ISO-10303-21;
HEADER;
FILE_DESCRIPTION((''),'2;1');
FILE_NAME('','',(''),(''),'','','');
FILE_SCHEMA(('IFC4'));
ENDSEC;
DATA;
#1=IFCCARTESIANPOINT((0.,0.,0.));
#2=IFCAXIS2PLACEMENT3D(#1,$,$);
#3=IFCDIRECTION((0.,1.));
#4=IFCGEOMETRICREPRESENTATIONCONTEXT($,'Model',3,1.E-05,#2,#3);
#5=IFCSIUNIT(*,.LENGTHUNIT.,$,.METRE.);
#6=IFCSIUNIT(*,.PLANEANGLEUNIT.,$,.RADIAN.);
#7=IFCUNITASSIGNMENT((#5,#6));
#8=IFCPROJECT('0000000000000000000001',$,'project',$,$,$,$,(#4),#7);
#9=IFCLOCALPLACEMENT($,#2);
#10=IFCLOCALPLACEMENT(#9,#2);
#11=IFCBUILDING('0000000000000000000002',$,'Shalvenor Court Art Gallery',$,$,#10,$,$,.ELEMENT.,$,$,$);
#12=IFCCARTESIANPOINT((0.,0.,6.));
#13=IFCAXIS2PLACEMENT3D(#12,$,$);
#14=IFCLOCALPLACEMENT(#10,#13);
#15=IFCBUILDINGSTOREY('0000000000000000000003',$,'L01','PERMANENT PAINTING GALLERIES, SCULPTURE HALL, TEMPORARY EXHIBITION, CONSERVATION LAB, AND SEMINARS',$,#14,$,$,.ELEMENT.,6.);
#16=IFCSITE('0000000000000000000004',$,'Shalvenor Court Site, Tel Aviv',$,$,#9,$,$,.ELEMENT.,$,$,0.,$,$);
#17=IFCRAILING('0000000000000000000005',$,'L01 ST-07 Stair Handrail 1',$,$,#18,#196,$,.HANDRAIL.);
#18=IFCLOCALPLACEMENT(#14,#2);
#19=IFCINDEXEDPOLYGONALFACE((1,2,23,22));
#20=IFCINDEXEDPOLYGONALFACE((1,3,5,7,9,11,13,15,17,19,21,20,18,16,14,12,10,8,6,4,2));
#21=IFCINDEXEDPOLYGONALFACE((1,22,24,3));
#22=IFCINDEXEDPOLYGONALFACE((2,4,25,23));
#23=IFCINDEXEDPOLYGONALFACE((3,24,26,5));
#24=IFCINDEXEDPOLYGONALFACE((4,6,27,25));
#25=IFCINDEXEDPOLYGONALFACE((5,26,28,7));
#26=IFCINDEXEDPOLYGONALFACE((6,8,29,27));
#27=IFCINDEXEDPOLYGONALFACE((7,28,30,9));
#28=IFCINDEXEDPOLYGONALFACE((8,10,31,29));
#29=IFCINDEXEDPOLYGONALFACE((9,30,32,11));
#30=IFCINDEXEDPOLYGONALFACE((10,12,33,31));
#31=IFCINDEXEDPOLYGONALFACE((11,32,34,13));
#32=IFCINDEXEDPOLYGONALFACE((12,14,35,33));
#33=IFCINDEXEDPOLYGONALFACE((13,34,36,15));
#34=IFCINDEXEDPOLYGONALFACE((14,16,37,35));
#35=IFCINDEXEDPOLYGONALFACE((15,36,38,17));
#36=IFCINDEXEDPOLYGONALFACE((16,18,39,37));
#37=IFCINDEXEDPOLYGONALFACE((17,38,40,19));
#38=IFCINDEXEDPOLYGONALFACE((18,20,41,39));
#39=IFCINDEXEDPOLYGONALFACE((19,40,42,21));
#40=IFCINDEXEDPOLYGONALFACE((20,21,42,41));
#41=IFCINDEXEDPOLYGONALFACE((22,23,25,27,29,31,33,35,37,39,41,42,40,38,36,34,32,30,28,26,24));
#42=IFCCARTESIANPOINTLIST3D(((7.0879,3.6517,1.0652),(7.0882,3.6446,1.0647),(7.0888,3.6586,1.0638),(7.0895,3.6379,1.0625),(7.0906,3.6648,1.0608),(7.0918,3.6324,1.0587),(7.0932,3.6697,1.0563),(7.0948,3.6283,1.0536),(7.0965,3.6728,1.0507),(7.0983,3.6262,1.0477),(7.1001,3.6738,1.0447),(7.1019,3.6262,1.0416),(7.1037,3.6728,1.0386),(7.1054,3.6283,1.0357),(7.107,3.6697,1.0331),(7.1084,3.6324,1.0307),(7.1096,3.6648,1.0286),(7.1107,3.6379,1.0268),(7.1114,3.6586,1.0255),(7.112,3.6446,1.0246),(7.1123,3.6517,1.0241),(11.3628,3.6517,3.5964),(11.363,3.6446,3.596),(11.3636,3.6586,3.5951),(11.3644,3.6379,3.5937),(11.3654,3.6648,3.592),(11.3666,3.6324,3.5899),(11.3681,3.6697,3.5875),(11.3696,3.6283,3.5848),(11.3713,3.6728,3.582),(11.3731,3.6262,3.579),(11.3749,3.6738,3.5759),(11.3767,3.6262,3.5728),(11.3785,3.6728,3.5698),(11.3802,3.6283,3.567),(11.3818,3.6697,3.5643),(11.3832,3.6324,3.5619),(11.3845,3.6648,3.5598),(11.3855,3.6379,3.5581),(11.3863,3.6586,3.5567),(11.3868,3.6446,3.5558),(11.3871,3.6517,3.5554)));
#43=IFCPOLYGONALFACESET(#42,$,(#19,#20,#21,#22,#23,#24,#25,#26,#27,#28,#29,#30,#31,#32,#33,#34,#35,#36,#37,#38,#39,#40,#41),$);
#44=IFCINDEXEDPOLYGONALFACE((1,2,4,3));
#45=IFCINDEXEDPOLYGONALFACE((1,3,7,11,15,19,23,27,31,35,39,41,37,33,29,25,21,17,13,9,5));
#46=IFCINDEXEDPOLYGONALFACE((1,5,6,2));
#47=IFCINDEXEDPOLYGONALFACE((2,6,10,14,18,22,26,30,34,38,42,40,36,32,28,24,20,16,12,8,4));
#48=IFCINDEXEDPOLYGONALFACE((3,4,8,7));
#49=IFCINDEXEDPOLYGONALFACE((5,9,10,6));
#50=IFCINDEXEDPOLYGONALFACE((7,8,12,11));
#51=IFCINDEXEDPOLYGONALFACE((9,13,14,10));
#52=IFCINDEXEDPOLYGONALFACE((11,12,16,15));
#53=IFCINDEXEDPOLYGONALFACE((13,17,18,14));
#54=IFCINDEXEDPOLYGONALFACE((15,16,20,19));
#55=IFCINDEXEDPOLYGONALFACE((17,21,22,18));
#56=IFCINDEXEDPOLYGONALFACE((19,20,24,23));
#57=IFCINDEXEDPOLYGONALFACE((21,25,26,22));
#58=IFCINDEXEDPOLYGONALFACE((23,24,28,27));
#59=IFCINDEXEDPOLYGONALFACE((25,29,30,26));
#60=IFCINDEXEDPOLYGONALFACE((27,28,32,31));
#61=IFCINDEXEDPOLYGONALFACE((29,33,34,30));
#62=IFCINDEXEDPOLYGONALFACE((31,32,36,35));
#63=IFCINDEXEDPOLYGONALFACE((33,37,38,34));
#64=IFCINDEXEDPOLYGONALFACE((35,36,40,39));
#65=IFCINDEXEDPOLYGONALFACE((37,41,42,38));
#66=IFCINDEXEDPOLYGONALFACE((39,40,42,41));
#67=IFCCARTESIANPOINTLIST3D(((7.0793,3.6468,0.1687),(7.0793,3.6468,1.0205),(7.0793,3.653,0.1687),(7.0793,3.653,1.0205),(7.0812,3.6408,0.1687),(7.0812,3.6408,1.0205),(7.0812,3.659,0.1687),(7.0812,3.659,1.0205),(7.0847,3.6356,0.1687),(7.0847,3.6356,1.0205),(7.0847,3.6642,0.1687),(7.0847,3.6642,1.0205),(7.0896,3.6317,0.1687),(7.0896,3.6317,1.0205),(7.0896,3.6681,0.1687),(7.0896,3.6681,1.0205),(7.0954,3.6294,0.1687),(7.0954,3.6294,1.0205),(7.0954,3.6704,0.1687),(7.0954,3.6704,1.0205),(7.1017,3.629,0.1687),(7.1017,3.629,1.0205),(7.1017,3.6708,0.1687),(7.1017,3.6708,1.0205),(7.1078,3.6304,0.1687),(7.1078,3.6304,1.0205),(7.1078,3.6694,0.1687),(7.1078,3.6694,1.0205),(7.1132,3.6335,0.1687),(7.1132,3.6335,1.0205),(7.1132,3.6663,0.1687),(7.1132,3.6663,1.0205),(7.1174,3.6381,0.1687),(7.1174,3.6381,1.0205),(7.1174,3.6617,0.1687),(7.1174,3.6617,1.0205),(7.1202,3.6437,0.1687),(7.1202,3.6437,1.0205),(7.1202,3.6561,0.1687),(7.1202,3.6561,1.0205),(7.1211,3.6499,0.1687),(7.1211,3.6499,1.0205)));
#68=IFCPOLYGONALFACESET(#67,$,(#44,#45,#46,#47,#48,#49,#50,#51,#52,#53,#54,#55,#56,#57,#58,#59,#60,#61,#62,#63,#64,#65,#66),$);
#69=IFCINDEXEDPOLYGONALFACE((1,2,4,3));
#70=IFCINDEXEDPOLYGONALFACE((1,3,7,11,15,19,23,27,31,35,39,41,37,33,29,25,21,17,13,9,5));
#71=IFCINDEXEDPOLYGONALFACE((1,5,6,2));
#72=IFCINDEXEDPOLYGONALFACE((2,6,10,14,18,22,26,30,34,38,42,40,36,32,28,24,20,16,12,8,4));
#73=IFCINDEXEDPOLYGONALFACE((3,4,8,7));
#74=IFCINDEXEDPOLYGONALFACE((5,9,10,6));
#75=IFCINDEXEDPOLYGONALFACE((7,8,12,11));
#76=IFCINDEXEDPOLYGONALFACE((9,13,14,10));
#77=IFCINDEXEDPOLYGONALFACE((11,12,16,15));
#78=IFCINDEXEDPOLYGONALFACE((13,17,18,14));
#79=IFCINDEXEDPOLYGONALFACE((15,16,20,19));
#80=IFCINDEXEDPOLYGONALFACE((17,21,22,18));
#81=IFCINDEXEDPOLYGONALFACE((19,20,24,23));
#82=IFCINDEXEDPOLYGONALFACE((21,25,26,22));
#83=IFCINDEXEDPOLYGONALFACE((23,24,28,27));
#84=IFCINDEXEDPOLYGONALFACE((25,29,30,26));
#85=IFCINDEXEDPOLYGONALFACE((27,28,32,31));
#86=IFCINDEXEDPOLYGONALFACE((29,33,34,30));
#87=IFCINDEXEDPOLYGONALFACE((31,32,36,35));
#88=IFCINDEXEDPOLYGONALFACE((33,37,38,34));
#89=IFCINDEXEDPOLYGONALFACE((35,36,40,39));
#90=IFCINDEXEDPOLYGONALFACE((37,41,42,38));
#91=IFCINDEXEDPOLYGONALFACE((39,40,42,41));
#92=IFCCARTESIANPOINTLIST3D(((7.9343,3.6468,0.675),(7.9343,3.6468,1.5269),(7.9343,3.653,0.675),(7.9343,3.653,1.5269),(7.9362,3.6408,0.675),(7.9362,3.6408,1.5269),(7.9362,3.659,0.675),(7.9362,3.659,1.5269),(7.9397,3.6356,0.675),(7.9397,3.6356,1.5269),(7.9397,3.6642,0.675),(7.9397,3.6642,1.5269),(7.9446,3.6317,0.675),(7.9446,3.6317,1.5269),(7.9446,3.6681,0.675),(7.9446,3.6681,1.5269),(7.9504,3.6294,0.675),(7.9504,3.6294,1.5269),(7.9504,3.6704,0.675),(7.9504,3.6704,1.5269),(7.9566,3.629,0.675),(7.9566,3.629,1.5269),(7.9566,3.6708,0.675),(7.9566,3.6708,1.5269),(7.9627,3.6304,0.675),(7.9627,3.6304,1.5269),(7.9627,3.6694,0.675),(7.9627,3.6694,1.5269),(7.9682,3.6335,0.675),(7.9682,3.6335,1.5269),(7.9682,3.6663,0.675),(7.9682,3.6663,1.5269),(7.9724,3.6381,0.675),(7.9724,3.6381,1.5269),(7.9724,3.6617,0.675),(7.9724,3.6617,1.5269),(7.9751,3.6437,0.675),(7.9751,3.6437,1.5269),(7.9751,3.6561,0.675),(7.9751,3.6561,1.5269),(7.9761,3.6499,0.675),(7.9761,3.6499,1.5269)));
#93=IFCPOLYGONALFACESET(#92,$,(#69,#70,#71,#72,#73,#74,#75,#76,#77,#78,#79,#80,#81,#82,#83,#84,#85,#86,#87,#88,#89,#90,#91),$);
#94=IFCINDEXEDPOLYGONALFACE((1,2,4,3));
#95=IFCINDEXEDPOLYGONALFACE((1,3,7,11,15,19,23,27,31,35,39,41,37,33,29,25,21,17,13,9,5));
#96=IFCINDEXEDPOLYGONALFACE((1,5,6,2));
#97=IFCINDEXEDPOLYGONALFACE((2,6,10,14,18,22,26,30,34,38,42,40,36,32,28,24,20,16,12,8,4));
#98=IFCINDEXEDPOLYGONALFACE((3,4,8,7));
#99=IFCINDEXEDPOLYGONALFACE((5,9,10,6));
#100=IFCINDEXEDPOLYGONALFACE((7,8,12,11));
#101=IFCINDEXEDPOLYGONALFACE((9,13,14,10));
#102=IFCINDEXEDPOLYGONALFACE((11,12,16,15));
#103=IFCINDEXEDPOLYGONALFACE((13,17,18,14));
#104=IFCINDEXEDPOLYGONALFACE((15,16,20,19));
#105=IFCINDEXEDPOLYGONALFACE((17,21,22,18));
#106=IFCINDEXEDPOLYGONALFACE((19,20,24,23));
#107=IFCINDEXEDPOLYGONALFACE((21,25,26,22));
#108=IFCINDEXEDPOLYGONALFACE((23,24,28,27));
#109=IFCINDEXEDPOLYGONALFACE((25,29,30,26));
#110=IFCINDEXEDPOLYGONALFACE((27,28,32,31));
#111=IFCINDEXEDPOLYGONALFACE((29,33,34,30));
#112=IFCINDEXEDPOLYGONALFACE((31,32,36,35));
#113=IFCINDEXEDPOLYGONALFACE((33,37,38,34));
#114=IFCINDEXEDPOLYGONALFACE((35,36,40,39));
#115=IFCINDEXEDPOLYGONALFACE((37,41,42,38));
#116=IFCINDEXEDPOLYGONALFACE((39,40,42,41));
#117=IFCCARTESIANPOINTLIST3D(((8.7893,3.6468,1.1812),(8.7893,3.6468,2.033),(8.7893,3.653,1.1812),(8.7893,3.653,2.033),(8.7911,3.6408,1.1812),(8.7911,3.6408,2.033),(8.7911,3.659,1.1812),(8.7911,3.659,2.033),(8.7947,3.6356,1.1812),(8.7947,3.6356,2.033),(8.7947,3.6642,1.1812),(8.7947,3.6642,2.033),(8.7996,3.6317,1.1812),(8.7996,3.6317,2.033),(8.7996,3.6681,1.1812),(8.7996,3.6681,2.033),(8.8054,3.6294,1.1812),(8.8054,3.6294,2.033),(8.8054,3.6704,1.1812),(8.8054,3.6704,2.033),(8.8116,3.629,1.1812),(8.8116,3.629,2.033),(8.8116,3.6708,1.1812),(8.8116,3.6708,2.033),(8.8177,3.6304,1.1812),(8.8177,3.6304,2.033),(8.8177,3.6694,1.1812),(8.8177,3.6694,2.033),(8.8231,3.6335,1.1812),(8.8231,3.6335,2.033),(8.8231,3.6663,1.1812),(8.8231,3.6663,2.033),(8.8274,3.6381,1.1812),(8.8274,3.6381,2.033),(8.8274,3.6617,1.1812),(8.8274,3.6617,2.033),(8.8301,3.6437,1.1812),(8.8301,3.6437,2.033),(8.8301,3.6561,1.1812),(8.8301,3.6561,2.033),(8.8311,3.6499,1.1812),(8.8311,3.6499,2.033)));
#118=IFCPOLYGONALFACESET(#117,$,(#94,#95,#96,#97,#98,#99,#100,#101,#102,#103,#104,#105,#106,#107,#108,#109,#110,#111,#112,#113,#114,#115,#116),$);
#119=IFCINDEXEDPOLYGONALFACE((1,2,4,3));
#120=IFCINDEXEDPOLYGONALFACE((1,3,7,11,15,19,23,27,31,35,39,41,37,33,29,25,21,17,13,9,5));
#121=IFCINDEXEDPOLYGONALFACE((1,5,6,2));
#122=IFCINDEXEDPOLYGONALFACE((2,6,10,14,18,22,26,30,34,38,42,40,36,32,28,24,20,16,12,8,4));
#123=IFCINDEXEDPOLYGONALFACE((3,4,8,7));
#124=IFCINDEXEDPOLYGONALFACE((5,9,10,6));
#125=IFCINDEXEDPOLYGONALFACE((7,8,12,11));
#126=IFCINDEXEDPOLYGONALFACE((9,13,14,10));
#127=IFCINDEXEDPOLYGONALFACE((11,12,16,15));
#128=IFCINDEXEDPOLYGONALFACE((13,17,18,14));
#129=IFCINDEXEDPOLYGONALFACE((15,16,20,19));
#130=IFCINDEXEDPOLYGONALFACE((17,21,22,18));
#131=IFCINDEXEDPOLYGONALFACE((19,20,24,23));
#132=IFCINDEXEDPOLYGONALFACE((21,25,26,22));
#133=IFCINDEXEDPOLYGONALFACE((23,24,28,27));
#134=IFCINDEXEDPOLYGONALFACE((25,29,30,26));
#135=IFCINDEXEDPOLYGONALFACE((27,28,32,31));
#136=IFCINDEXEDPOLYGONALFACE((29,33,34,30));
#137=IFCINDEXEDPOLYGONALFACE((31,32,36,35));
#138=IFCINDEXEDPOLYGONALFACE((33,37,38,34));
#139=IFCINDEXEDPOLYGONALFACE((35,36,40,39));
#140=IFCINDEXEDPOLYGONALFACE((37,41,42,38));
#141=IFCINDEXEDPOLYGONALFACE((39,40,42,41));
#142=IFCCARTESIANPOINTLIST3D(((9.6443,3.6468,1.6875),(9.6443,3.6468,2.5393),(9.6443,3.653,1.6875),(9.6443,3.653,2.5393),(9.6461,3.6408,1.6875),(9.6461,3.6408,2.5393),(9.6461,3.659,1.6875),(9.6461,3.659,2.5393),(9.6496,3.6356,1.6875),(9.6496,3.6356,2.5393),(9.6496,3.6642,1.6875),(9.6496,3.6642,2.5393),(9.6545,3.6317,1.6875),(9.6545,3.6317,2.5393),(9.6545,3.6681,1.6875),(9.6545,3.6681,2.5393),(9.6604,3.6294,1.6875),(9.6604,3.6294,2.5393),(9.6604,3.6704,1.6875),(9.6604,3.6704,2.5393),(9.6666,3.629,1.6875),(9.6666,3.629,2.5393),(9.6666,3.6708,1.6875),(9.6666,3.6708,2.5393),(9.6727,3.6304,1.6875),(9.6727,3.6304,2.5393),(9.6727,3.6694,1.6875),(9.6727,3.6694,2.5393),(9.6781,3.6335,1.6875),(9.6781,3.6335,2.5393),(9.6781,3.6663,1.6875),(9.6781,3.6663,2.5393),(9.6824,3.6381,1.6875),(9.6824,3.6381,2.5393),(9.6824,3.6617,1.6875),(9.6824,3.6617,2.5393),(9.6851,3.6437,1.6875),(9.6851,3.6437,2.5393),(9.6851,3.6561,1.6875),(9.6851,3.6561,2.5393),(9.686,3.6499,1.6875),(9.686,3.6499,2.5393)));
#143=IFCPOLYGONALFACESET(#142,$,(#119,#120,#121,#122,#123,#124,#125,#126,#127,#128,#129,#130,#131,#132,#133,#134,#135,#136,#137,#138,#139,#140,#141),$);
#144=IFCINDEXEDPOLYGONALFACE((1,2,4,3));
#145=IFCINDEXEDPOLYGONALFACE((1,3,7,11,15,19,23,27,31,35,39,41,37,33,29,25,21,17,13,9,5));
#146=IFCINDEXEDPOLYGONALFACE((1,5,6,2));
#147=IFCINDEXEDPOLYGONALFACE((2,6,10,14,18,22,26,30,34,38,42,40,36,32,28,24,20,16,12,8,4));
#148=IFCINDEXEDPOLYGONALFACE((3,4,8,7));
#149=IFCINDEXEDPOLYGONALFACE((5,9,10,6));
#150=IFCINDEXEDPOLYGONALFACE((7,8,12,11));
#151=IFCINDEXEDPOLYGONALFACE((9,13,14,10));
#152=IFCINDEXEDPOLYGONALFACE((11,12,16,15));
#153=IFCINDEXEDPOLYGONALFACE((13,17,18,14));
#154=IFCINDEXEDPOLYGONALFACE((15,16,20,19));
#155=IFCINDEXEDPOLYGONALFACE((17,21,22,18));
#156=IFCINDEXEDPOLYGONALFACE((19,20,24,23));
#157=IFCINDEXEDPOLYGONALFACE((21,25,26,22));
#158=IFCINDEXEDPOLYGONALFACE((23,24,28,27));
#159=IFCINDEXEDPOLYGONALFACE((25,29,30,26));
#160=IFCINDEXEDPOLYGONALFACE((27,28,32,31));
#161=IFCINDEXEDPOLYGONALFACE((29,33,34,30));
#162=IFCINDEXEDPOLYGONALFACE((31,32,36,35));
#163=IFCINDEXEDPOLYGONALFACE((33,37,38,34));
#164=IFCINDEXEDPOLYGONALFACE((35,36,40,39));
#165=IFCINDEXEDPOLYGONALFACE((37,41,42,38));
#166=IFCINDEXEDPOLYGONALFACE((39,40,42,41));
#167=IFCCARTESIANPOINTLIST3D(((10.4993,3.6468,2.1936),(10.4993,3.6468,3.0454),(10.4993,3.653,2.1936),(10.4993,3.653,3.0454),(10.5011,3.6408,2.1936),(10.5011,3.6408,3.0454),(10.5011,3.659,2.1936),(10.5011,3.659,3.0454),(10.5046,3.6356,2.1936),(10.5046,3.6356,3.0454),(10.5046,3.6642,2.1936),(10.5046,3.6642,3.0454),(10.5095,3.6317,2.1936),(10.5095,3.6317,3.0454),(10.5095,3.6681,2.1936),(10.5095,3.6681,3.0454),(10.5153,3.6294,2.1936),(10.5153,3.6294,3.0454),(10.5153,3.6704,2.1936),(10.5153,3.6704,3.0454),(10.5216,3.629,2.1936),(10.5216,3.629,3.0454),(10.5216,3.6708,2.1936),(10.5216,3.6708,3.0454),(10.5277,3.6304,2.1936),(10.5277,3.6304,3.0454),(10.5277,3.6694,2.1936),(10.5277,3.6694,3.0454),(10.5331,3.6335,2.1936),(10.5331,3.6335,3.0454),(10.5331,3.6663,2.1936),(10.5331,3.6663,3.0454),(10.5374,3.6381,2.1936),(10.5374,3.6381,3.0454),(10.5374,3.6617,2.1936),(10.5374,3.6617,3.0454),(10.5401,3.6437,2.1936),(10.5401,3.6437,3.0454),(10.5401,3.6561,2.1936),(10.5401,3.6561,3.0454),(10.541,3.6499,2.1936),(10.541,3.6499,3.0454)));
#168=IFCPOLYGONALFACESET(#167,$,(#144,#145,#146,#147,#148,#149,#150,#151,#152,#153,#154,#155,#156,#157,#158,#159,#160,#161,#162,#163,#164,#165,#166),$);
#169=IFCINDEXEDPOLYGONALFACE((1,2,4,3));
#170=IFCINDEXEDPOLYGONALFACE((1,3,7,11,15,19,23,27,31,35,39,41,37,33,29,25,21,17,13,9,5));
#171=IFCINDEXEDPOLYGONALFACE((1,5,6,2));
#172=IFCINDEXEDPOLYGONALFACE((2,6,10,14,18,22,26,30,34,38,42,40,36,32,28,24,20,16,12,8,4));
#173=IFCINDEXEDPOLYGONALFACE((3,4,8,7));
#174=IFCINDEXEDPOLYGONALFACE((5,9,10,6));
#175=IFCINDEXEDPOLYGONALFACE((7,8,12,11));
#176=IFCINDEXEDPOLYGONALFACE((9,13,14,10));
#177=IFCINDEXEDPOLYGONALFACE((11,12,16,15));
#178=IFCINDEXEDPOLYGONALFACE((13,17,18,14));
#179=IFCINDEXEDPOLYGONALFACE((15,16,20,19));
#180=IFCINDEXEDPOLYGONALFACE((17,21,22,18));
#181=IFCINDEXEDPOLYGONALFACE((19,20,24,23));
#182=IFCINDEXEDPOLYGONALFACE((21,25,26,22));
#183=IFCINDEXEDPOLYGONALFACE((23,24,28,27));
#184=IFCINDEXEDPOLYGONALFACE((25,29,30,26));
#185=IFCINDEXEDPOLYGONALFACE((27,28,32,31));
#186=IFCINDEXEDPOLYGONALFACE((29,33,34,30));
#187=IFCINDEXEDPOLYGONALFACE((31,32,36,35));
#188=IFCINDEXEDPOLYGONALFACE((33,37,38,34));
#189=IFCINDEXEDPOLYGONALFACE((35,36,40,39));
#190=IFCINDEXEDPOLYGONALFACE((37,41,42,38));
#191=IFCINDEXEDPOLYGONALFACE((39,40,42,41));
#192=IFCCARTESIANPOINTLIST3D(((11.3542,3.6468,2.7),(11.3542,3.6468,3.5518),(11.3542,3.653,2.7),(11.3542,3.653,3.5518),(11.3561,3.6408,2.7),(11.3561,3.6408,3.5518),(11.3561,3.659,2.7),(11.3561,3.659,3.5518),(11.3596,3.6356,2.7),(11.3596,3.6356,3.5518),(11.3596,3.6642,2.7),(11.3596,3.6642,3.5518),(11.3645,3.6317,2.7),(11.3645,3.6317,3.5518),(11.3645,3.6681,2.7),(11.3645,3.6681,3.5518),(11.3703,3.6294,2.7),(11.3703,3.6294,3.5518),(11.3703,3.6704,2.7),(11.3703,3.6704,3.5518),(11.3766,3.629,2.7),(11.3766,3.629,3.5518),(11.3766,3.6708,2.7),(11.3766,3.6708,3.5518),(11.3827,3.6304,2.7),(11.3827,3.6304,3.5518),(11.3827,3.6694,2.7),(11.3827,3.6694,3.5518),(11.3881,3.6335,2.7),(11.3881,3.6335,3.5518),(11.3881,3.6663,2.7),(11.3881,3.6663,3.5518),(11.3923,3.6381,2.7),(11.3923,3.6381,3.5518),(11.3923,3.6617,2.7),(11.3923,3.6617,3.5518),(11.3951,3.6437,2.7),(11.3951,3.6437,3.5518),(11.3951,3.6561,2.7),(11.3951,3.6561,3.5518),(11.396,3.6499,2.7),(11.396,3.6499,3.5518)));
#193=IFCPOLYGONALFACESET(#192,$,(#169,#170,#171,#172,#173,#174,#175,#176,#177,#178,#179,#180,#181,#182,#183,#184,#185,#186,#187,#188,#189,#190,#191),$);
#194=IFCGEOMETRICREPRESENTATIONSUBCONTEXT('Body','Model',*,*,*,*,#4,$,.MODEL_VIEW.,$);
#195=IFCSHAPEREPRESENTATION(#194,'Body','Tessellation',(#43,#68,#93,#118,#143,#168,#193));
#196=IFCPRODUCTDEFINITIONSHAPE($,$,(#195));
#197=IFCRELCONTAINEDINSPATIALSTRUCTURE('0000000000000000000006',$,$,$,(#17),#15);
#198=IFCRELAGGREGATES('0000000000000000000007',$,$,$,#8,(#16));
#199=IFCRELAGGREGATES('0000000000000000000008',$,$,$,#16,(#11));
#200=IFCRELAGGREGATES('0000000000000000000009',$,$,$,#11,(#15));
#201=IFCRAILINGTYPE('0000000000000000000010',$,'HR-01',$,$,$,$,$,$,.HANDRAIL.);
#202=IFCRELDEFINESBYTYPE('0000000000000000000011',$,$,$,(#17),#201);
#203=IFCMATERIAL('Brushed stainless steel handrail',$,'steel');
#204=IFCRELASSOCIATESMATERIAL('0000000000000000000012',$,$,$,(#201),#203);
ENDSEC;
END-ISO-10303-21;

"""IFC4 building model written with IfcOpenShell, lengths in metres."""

from ifc_helpers import new_model, si_unit, direction, frame, origin, origin_2d, place, context, subcontext, project, spatial, circle, extrude, material, type_object, element, save


model = new_model("IFC4")

# Units and contexts
model_context = context("Model", 3, precision=1e-05, world=origin(), true_north=direction((0.0, 1.0)))
body_context = subcontext(model_context, "Body", "Model", "MODEL_VIEW")
ifc_project = project(units=[si_unit("LENGTHUNIT", "METRE"), si_unit("PLANEANGLEUNIT", "RADIAN")], contexts=[model_context])

# Site, building, storey
site_placement = place(None, origin())
site = spatial("IfcSite", under=ifc_project, at=site_placement, Name="Shalvenor Court Site, Tel Aviv", CompositionType="ELEMENT", RefElevation=0.0)
building_placement = place(site_placement, origin())
building = spatial("IfcBuilding", under=site, at=building_placement, Name="Shalvenor Court Art Gallery", CompositionType="ELEMENT")
storey_placement = place(building_placement, frame((0.0, 0.0, 6.0)))
storey = spatial("IfcBuildingStorey", under=building, at=storey_placement, Name="L01", Description="PERMANENT PAINTING GALLERIES, SCULPTURE HALL, TEMPORARY EXHIBITION, CONSERVATION LAB, AND SEMINARS", CompositionType="ELEMENT", Elevation=6.0)

# Railing
ifc_material_1 = material(Name="Brushed stainless steel handrail", Category="steel")
railing_type_1 = type_object("IfcRailingType", Name="HR-01", PredefinedType="HANDRAIL", material=ifc_material_1)
railing_1_placement = place(storey_placement, frame((7.1001, 3.6499, 0.1687)))
element("IfcRailing", 1, at=railing_1_placement, inside=storey, type_object=railing_type_1, Name="L01 ST-07 Stair Handrail 1", PredefinedType="HANDRAIL", context=body_context, shape_type="SweptSolid", body=[
    extrude(circle(Radius=0.0239, at=origin_2d()), frame((0.0, 0.0, 0.876), z_axis=(0.86047, 0.0, 0.509501), x_axis=(0.0, 1.0, 0.0)), (0.0, 0.0, 1.0), 4.968),
    extrude(circle(Radius=0.021, at=origin_2d()), origin(), (0.0, 0.0, 1.0), 0.8518),
    extrude(circle(Radius=0.021, at=origin_2d()), frame((0.855, 0.0, 0.5063)), (0.0, 0.0, 1.0), 0.8518),
    extrude(circle(Radius=0.021, at=origin_2d()), frame((1.71, 0.0, 1.0125)), (0.0, 0.0, 1.0), 0.8518),
    extrude(circle(Radius=0.021, at=origin_2d()), frame((2.5649, 0.0, 1.5188)), (0.0, 0.0, 1.0), 0.8518),
    extrude(circle(Radius=0.021, at=origin_2d()), frame((3.4199, 0.0, 2.0249)), (0.0, 0.0, 1.0), 0.8518),
    extrude(circle(Radius=0.021, at=origin_2d()), frame((4.2749, 0.0, 2.5312)), (0.0, 0.0, 1.0), 0.8518),
])

save(model, "model.ifc")
